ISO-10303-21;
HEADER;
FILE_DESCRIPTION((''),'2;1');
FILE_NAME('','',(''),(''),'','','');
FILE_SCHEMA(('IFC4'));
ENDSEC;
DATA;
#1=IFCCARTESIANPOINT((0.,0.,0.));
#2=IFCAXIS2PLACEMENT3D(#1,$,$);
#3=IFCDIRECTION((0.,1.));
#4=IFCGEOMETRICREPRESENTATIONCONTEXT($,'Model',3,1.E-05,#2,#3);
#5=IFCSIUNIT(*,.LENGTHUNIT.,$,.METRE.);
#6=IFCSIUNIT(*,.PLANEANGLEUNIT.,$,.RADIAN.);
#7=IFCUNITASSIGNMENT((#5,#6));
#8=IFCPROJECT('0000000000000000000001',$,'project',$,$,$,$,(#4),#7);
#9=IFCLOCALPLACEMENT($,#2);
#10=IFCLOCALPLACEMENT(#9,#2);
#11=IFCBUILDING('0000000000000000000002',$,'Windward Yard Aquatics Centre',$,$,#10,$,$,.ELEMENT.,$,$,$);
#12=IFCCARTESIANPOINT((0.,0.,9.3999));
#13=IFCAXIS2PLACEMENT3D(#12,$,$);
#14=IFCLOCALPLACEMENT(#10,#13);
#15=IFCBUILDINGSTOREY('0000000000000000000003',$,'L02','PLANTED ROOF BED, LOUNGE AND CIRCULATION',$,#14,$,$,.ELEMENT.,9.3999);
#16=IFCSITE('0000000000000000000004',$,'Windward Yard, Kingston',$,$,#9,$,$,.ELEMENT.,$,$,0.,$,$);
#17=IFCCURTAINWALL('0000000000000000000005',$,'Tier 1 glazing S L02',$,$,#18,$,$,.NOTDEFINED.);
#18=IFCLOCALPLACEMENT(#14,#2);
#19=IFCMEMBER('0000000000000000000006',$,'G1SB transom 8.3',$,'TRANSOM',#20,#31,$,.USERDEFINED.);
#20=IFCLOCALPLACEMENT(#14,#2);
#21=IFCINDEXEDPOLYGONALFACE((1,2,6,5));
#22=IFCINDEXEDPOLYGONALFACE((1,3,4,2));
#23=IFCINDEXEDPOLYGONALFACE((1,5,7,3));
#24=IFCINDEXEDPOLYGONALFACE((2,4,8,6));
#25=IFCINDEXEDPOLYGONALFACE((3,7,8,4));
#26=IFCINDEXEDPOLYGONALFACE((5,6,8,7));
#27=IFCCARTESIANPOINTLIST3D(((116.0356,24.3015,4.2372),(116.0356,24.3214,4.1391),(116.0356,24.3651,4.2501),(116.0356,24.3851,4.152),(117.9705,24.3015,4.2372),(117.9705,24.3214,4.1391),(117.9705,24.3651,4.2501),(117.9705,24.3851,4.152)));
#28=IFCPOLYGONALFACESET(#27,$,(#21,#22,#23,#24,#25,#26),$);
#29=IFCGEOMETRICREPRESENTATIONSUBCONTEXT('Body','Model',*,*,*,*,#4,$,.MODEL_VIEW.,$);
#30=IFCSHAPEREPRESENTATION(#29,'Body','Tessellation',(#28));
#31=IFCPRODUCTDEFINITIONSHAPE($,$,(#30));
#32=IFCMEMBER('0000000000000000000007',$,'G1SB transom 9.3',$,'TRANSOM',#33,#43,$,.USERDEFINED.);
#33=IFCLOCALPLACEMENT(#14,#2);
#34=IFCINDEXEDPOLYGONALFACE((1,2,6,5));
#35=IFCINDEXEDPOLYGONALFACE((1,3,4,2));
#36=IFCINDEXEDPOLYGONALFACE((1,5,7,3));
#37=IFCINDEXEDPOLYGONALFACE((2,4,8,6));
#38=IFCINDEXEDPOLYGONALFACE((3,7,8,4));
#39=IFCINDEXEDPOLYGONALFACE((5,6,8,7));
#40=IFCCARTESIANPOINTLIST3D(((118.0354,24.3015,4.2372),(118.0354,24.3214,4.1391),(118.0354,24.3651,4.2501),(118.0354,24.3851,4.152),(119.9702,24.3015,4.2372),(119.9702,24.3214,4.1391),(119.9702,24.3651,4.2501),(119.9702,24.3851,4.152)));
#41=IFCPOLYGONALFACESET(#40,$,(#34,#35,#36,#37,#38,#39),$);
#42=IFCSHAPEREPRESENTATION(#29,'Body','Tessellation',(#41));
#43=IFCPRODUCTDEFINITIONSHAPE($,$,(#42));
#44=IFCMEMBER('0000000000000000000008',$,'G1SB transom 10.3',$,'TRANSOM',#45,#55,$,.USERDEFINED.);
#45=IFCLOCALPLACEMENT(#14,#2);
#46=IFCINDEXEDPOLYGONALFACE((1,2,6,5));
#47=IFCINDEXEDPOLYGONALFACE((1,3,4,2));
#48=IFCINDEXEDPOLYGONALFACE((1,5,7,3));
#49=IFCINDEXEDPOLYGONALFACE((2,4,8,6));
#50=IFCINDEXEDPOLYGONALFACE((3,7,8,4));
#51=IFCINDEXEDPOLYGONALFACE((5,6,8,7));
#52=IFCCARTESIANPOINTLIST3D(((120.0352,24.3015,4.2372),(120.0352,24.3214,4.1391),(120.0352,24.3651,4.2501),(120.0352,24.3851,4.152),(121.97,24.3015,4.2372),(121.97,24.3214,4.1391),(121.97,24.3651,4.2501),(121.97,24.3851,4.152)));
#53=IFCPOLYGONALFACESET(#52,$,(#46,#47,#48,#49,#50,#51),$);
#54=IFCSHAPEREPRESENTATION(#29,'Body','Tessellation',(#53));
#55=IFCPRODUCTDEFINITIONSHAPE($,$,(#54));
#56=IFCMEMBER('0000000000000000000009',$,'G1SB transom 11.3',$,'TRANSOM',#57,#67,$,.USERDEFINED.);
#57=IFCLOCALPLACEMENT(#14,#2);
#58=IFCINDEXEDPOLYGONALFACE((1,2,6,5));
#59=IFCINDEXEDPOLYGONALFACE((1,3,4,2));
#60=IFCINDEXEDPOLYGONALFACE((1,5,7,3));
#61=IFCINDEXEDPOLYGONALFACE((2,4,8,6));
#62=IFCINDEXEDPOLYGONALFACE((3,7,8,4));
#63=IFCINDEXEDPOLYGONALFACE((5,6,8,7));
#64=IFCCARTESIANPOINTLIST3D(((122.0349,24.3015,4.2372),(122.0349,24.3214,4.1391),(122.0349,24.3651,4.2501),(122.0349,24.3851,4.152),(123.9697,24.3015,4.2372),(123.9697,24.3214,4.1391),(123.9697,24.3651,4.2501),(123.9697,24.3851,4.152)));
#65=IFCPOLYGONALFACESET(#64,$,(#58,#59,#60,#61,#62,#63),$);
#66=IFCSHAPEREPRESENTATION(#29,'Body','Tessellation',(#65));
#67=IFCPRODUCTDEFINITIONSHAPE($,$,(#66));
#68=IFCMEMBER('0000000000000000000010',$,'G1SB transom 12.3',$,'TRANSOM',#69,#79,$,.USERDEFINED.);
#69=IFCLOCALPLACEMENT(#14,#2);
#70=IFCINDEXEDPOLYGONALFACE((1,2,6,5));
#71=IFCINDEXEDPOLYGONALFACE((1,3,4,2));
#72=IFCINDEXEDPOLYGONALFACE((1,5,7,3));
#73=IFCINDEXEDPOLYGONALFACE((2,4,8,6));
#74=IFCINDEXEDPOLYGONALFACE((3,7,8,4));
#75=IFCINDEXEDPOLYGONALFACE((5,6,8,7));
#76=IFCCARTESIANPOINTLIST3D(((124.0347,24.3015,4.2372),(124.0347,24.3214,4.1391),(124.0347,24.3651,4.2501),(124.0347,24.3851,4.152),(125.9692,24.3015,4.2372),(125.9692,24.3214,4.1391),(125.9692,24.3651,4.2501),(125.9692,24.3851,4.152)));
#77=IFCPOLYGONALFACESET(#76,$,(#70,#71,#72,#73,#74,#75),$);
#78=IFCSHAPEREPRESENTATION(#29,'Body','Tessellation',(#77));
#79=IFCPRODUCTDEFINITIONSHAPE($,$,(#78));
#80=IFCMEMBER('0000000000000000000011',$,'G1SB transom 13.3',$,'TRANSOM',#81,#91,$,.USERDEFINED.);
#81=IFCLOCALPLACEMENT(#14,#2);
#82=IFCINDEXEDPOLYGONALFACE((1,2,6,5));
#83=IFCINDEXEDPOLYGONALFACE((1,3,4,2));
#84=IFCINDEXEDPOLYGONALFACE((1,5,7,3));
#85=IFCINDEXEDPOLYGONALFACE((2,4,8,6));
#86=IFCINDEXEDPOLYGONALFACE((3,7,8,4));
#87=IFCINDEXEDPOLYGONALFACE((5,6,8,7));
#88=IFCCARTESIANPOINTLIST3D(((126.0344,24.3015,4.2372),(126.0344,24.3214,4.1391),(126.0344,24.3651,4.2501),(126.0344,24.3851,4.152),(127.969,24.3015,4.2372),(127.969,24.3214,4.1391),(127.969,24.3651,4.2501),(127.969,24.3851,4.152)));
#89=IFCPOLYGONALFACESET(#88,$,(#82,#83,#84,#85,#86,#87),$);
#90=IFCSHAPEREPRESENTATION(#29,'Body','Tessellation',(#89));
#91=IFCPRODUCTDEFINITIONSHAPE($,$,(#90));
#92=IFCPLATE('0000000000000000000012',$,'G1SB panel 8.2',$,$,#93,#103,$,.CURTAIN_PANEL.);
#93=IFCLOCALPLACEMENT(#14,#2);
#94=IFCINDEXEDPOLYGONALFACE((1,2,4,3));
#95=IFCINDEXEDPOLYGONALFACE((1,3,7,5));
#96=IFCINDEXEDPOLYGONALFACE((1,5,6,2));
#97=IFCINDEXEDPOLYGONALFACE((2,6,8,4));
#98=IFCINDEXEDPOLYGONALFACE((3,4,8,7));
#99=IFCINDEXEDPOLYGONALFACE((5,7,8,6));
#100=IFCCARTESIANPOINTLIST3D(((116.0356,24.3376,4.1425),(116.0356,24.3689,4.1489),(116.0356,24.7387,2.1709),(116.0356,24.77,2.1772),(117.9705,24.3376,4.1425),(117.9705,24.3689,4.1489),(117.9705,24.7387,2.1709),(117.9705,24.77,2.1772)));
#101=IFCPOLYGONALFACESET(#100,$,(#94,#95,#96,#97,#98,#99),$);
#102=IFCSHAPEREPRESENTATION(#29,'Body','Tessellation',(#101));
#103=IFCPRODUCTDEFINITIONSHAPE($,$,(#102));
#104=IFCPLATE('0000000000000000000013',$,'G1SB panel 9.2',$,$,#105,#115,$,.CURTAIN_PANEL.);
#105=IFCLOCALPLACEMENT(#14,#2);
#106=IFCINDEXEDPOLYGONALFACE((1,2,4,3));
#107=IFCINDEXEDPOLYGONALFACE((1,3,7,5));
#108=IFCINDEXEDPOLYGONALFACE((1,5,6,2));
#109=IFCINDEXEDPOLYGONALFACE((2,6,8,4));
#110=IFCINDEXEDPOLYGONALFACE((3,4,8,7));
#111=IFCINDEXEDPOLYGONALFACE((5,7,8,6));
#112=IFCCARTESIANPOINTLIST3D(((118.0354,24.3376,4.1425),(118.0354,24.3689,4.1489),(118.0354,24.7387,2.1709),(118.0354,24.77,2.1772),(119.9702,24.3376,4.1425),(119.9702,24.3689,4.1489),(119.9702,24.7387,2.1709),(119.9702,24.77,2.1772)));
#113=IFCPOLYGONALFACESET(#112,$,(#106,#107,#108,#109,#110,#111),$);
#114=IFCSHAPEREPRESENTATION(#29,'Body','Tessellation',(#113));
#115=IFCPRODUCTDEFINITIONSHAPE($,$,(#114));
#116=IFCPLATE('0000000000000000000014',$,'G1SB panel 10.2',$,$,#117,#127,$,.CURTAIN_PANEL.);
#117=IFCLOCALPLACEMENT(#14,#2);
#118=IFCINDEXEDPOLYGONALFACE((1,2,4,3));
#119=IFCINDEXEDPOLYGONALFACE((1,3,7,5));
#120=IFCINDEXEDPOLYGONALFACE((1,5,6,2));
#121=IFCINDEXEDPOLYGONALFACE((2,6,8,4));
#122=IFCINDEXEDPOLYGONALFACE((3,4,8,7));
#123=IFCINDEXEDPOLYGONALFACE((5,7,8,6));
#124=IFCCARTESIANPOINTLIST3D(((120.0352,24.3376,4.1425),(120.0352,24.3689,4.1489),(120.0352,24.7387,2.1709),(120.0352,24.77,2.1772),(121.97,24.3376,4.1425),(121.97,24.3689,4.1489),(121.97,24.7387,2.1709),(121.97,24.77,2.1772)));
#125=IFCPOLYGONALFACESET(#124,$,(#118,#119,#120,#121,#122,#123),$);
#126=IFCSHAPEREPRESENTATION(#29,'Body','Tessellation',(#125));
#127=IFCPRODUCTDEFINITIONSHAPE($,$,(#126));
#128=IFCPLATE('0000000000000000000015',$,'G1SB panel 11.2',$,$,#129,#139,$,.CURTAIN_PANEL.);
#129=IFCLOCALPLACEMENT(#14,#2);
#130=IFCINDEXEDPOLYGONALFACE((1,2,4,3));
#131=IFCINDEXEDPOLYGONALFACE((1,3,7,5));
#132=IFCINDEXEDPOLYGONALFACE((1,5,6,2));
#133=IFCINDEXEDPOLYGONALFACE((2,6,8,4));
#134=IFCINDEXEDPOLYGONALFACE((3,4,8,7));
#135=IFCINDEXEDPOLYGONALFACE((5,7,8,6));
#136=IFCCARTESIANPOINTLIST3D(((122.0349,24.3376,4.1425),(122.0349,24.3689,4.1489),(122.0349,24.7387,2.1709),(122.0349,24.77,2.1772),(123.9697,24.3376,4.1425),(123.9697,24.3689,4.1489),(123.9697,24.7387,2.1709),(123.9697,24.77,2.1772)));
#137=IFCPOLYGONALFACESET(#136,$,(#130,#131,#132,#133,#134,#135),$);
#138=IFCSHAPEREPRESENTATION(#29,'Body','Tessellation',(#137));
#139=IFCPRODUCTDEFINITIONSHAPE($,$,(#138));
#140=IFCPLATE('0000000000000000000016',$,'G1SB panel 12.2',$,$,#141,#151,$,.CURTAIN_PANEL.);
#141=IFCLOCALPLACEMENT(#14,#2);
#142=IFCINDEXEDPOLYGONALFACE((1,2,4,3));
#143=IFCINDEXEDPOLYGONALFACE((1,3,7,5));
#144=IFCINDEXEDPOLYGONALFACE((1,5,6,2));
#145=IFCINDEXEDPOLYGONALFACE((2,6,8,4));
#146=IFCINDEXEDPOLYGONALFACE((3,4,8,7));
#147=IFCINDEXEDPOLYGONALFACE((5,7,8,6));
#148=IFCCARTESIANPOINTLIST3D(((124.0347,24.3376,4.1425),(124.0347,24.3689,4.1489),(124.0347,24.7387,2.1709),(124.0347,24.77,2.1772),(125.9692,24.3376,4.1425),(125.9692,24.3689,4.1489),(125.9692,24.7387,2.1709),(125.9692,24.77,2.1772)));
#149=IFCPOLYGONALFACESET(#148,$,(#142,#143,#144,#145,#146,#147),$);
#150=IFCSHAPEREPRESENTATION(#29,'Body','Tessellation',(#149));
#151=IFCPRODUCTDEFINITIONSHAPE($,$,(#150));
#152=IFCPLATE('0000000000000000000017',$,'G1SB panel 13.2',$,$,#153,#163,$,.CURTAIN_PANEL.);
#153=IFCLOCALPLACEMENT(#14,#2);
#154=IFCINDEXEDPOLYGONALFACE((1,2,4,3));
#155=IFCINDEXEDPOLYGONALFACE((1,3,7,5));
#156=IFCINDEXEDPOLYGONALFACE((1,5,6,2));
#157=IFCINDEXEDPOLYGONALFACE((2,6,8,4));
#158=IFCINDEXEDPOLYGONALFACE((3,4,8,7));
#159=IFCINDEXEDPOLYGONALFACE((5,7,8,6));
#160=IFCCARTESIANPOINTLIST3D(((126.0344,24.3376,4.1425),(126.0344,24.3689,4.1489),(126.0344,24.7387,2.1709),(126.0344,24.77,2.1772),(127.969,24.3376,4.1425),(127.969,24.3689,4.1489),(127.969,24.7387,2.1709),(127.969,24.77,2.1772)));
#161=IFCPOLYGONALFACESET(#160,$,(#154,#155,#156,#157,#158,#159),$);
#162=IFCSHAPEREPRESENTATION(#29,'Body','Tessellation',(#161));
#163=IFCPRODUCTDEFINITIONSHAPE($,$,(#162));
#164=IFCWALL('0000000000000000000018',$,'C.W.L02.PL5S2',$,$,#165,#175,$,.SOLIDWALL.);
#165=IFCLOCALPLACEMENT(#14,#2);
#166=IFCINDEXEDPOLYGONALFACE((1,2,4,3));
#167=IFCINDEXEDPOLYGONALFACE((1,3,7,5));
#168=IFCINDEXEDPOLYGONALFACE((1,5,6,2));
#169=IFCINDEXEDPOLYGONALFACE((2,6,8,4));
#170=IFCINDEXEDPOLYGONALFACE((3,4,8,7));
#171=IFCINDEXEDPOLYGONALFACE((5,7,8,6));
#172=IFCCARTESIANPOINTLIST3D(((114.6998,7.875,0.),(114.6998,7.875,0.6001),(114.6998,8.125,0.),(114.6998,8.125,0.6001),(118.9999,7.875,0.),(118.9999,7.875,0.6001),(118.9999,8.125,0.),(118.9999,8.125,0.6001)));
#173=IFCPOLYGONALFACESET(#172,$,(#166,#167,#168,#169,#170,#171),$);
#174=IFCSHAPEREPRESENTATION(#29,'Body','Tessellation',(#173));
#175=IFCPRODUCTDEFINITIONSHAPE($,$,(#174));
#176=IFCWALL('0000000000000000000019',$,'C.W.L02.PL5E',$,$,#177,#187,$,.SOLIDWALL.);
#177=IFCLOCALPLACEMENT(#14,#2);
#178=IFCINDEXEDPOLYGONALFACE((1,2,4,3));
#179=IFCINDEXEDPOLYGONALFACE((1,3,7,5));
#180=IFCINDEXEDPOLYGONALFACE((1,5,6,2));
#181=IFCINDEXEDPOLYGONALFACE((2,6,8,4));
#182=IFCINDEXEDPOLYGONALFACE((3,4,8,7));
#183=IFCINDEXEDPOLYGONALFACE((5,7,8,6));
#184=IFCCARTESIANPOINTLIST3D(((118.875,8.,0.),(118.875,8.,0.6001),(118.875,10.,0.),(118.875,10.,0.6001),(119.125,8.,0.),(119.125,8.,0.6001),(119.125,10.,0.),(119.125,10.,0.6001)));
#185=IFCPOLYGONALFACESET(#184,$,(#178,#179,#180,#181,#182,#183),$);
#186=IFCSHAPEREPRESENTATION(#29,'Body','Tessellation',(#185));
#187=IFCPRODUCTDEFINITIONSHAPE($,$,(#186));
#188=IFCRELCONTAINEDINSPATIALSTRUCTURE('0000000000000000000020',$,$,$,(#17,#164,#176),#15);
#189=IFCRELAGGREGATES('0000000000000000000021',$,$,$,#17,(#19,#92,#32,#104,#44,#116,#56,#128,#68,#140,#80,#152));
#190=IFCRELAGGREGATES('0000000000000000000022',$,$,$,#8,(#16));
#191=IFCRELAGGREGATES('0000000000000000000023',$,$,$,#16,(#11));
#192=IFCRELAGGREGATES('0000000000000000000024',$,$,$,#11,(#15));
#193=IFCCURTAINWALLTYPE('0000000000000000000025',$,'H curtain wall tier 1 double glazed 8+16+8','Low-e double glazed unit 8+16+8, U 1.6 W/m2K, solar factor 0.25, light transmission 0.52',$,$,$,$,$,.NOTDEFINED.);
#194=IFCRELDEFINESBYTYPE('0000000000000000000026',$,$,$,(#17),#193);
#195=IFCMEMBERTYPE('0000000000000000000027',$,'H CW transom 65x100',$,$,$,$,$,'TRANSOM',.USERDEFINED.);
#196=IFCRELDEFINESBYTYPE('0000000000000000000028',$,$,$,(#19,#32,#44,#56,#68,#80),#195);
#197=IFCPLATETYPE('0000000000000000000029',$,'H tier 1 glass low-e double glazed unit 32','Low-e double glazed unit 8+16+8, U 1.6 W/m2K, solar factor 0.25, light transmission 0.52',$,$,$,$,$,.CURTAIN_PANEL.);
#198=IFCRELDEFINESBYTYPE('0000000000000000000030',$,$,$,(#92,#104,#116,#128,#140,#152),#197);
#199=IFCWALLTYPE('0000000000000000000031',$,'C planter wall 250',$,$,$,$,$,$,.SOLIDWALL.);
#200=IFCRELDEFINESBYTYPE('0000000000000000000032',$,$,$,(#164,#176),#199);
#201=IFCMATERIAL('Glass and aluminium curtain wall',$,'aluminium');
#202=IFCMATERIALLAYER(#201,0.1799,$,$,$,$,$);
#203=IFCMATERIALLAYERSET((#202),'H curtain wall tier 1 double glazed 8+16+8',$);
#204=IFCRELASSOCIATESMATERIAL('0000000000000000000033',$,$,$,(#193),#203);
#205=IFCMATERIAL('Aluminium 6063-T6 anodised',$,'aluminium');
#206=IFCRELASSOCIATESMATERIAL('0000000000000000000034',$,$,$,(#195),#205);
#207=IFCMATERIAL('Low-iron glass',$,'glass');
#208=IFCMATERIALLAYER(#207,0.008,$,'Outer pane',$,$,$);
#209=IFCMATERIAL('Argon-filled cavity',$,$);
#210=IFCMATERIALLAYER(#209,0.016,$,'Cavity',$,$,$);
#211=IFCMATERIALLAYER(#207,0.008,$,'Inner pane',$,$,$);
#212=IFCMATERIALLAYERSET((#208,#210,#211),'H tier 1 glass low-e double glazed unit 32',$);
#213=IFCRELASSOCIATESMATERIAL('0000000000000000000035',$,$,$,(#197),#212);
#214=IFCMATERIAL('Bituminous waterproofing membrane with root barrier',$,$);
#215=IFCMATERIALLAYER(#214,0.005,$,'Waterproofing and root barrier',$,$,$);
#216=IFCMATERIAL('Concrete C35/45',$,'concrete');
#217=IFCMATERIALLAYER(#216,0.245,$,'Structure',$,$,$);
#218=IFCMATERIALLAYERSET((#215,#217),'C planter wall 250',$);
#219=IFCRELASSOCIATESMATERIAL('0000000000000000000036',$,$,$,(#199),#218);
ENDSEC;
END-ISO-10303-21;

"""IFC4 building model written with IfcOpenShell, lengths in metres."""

from ifc_helpers import new_model, si_unit, direction, frame, frame_2d, origin, origin_2d, place, context, subcontext, project, spatial, polyline, rectangle, outline, extrude, material, layer, layer_set, material_profile, profile_set, type_object, element, aggregate, save


model = new_model("IFC4")

# Units and contexts
model_context = context("Model", 3, precision=1e-05, world=origin(), true_north=direction((0.0, 1.0)))
body_context = subcontext(model_context, "Body", "Model", "MODEL_VIEW")
ifc_project = project(units=[si_unit("LENGTHUNIT", "METRE"), si_unit("PLANEANGLEUNIT", "RADIAN")], contexts=[model_context])

# Site, building, storey
site_placement = place(None, origin())
site = spatial("IfcSite", under=ifc_project, at=site_placement, Name="Windward Yard, Kingston", CompositionType="ELEMENT", RefElevation=0.0)
building_placement = place(site_placement, origin())
building = spatial("IfcBuilding", under=site, at=building_placement, Name="Windward Yard Aquatics Centre", CompositionType="ELEMENT")
storey_placement = place(building_placement, frame((0.0, 0.0, 9.3999)))
storey = spatial("IfcBuildingStorey", under=building, at=storey_placement, Name="L02", Description="PLANTED ROOF BED, LOUNGE AND CIRCULATION", CompositionType="ELEMENT", Elevation=9.3999)

# Curtain wall, members, plates
ifc_material_1 = material(Name="Glass and aluminium curtain wall", Category="aluminium")
ifc_layer_1 = layer(ifc_material_1, 0.1799)
ifc_layer_set_1 = layer_set([ifc_layer_1], Name="H curtain wall tier 1 double glazed 8+16+8")
curtain_wall_type = type_object("IfcCurtainWallType", Name="H curtain wall tier 1 double glazed 8+16+8", Description="Low-e double glazed unit 8+16+8, U 1.6 W/m2K, solar factor 0.25, light transmission 0.52", PredefinedType="NOTDEFINED", material=ifc_layer_set_1)
curtain_wall_placement = place(storey_placement, origin())
curtain_wall = element("IfcCurtainWall", 1, at=curtain_wall_placement, inside=storey, type_object=curtain_wall_type, Name="Tier 1 glazing S L02", PredefinedType="NOTDEFINED")
ifc_material_2 = material(Name="Aluminium 6063-T6 anodised", Category="aluminium")
ifc_material_profile = material_profile(ifc_material_2, rectangle(XDim=0.0649, YDim=0.1001, at=origin_2d()), Name="H CW transom 65x100")
ifc_profile_set = profile_set([ifc_material_profile], Name="Aluminium 6063-T6 anodised")
member_type = type_object("IfcMemberType", Name="H CW transom 65x100", ElementType="TRANSOM", PredefinedType="USERDEFINED", material=ifc_profile_set)
member_1_placement = place(storey_placement, frame((116.0356, 24.3433, 4.1946), z_axis=(1.0, 0.0, 0.0), x_axis=(0.0, 0.979925, 0.199368)))
member_1 = element("IfcMember", 2, at=member_1_placement, type_object=member_type, Name="G1SB transom 8.3", ObjectType="TRANSOM", PredefinedType="USERDEFINED", context=body_context, shape_type="SweptSolid", body=[
    extrude(rectangle(XDim=0.0649, YDim=0.1001, at=origin_2d()), origin(), (0.0, 0.0, 1.0), 1.9348),
])
member_2_placement = place(storey_placement, frame((118.0354, 24.3433, 4.1946), z_axis=(1.0, 0.0, 0.0), x_axis=(0.0, 0.979925, 0.199368)))
member_2 = element("IfcMember", 3, at=member_2_placement, type_object=member_type, Name="G1SB transom 9.3", ObjectType="TRANSOM", PredefinedType="USERDEFINED", context=body_context, shape_type="SweptSolid", body=[
    extrude(rectangle(XDim=0.0649, YDim=0.1001, at=origin_2d()), origin(), (0.0, 0.0, 1.0), 1.9348),
])
member_3_placement = place(storey_placement, frame((120.0352, 24.3433, 4.1946), z_axis=(1.0, 0.0, 0.0), x_axis=(0.0, 0.979925, 0.199368)))
member_3 = element("IfcMember", 4, at=member_3_placement, type_object=member_type, Name="G1SB transom 10.3", ObjectType="TRANSOM", PredefinedType="USERDEFINED", context=body_context, shape_type="SweptSolid", body=[
    extrude(rectangle(XDim=0.0649, YDim=0.1001, at=origin_2d()), origin(), (0.0, 0.0, 1.0), 1.9348),
])
member_4_placement = place(storey_placement, frame((122.0349, 24.3433, 4.1946), z_axis=(1.0, 0.0, 0.0), x_axis=(0.0, 0.979925, 0.199368)))
member_4 = element("IfcMember", 5, at=member_4_placement, type_object=member_type, Name="G1SB transom 11.3", ObjectType="TRANSOM", PredefinedType="USERDEFINED", context=body_context, shape_type="SweptSolid", body=[
    extrude(rectangle(XDim=0.0649, YDim=0.1001, at=origin_2d()), origin(), (0.0, 0.0, 1.0), 1.9348),
])
member_5_placement = place(storey_placement, frame((124.0347, 24.3433, 4.1946), z_axis=(1.0, 0.0, 0.0), x_axis=(0.0, 0.979925, 0.199368)))
member_5 = element("IfcMember", 6, at=member_5_placement, type_object=member_type, Name="G1SB transom 12.3", ObjectType="TRANSOM", PredefinedType="USERDEFINED", context=body_context, shape_type="SweptSolid", body=[
    extrude(rectangle(XDim=0.0649, YDim=0.1001, at=origin_2d()), origin(), (0.0, 0.0, 1.0), 1.9346),
])
member_6_placement = place(storey_placement, frame((126.0344, 24.3433, 4.1946), z_axis=(1.0, 0.0, 0.0), x_axis=(0.0, 0.979925, 0.199368)))
member_6 = element("IfcMember", 7, at=member_6_placement, type_object=member_type, Name="G1SB transom 13.3", ObjectType="TRANSOM", PredefinedType="USERDEFINED", context=body_context, shape_type="SweptSolid", body=[
    extrude(rectangle(XDim=0.0649, YDim=0.1001, at=origin_2d()), origin(), (0.0, 0.0, 1.0), 1.9346),
])
ifc_material_3 = material(Name="Low-iron glass", Category="glass")
ifc_layer_2 = layer(ifc_material_3, 0.008, Name="Outer pane")
ifc_material_4 = material(Name="Argon-filled cavity")
ifc_layer_3 = layer(ifc_material_4, 0.016, Name="Cavity")
ifc_layer_4 = layer(ifc_material_3, 0.008, Name="Inner pane")
ifc_layer_set_2 = layer_set([ifc_layer_2, ifc_layer_3, ifc_layer_4], Name="H tier 1 glass low-e double glazed unit 32")
plate_type = type_object("IfcPlateType", Name="H tier 1 glass low-e double glazed unit 32", Description="Low-e double glazed unit 8+16+8, U 1.6 W/m2K, solar factor 0.25, light transmission 0.52", PredefinedType="CURTAIN_PANEL", material=ifc_layer_set_2)
plate_1_placement = place(storey_placement, frame((116.0356, 24.3689, 4.1489), z_axis=(0.0, 0.979927, 0.199359), x_axis=(0.0, 0.199359, -0.979927)))
plate_1 = element("IfcPlate", 8, at=plate_1_placement, type_object=plate_type, Name="G1SB panel 8.2", PredefinedType="CURTAIN_PANEL", context=body_context, shape_type="SweptSolid", body=[
    extrude(outline(polyline([(0.0, 0.0), (2.0121, 0.0), (2.0121, -1.9348), (0.0, -1.9348), (0.0, 0.0)])), origin(), (0.0, 0.0, -1.0), 0.032),
])
plate_2_placement = place(storey_placement, frame((118.0354, 24.3689, 4.1489), z_axis=(0.0, 0.979927, 0.199359), x_axis=(0.0, 0.199359, -0.979927)))
plate_2 = element("IfcPlate", 9, at=plate_2_placement, type_object=plate_type, Name="G1SB panel 9.2", PredefinedType="CURTAIN_PANEL", context=body_context, shape_type="SweptSolid", body=[
    extrude(outline(polyline([(0.0, 0.0), (2.0121, 0.0), (2.0121, -1.9348), (0.0, -1.9348), (0.0, 0.0)])), origin(), (0.0, 0.0, -1.0), 0.032),
])
plate_3_placement = place(storey_placement, frame((120.0352, 24.3689, 4.1489), z_axis=(0.0, 0.979927, 0.199359), x_axis=(0.0, 0.199359, -0.979927)))
plate_3 = element("IfcPlate", 10, at=plate_3_placement, type_object=plate_type, Name="G1SB panel 10.2", PredefinedType="CURTAIN_PANEL", context=body_context, shape_type="SweptSolid", body=[
    extrude(outline(polyline([(0.0, 0.0), (2.0121, 0.0), (2.0121, -1.9348), (0.0, -1.9348), (0.0, 0.0)])), origin(), (0.0, 0.0, -1.0), 0.032),
])
plate_4_placement = place(storey_placement, frame((122.0349, 24.3689, 4.1489), z_axis=(0.0, 0.979927, 0.199359), x_axis=(0.0, 0.199359, -0.979927)))
plate_4 = element("IfcPlate", 11, at=plate_4_placement, type_object=plate_type, Name="G1SB panel 11.2", PredefinedType="CURTAIN_PANEL", context=body_context, shape_type="SweptSolid", body=[
    extrude(outline(polyline([(0.0, 0.0), (2.0121, 0.0), (2.0121, -1.9348), (0.0, -1.9348), (0.0, 0.0)])), origin(), (0.0, 0.0, -1.0), 0.032),
])
plate_5_placement = place(storey_placement, frame((124.0347, 24.3689, 4.1489), z_axis=(0.0, 0.979927, 0.199359), x_axis=(0.0, 0.199359, -0.979927)))
plate_5 = element("IfcPlate", 12, at=plate_5_placement, type_object=plate_type, Name="G1SB panel 12.2", PredefinedType="CURTAIN_PANEL", context=body_context, shape_type="SweptSolid", body=[
    extrude(outline(polyline([(0.0, 0.0), (2.0121, 0.0), (2.0121, -1.9346), (0.0, -1.9346), (0.0, 0.0)])), origin(), (0.0, 0.0, -1.0), 0.032),
])
plate_6_placement = place(storey_placement, frame((126.0344, 24.3689, 4.1489), z_axis=(0.0, 0.979927, 0.199359), x_axis=(0.0, 0.199359, -0.979927)))
plate_6 = element("IfcPlate", 13, at=plate_6_placement, type_object=plate_type, Name="G1SB panel 13.2", PredefinedType="CURTAIN_PANEL", context=body_context, shape_type="SweptSolid", body=[
    extrude(outline(polyline([(0.0, 0.0), (2.0121, 0.0), (2.0121, -1.9346), (0.0, -1.9346), (0.0, 0.0)])), origin(), (0.0, 0.0, -1.0), 0.032),
])
aggregate(curtain_wall, [member_1, plate_1, member_2, plate_2, member_3, plate_3, member_4, plate_4, member_5, plate_5, member_6, plate_6])

# Walls
ifc_material_5 = material(Name="Bituminous waterproofing membrane with root barrier")
ifc_layer_5 = layer(ifc_material_5, 0.005, Name="Waterproofing and root barrier")
ifc_material_6 = material(Name="Concrete C35/45", Category="concrete")
ifc_layer_6 = layer(ifc_material_6, 0.245, Name="Structure")
ifc_layer_set_3 = layer_set([ifc_layer_5, ifc_layer_6], Name="C planter wall 250")
wall_type = type_object("IfcWallType", Name="C planter wall 250", PredefinedType="SOLIDWALL", material=ifc_layer_set_3)
wall_1_placement = place(storey_placement, frame((114.7, 8.0, 0.0), z_axis=(0.0, 0.0, 1.0), x_axis=(1.0, 0.0, 0.0)))
element("IfcWall", 14, at=wall_1_placement, inside=storey, type_object=wall_type, Name="C.W.L02.PL5S2", PredefinedType="SOLIDWALL", context=body_context, shape_type="SweptSolid", body=[
    extrude(rectangle(XDim=4.3, YDim=0.25, at=frame_2d((2.1499, 0.0))), origin(), (0.0, 0.0, 1.0), 0.6001),
])
wall_2_placement = place(storey_placement, frame((119.0, 8.0, 0.0), z_axis=(0.0, 0.0, 1.0), x_axis=(0.0, 1.0, 0.0)))
element("IfcWall", 15, at=wall_2_placement, inside=storey, type_object=wall_type, Name="C.W.L02.PL5E", PredefinedType="SOLIDWALL", context=body_context, shape_type="SweptSolid", body=[
    extrude(rectangle(XDim=2.0, YDim=0.25, at=frame_2d((1.0, 0.0))), origin(), (0.0, 0.0, 1.0), 0.6001),
])

save(model, "model.ifc")
